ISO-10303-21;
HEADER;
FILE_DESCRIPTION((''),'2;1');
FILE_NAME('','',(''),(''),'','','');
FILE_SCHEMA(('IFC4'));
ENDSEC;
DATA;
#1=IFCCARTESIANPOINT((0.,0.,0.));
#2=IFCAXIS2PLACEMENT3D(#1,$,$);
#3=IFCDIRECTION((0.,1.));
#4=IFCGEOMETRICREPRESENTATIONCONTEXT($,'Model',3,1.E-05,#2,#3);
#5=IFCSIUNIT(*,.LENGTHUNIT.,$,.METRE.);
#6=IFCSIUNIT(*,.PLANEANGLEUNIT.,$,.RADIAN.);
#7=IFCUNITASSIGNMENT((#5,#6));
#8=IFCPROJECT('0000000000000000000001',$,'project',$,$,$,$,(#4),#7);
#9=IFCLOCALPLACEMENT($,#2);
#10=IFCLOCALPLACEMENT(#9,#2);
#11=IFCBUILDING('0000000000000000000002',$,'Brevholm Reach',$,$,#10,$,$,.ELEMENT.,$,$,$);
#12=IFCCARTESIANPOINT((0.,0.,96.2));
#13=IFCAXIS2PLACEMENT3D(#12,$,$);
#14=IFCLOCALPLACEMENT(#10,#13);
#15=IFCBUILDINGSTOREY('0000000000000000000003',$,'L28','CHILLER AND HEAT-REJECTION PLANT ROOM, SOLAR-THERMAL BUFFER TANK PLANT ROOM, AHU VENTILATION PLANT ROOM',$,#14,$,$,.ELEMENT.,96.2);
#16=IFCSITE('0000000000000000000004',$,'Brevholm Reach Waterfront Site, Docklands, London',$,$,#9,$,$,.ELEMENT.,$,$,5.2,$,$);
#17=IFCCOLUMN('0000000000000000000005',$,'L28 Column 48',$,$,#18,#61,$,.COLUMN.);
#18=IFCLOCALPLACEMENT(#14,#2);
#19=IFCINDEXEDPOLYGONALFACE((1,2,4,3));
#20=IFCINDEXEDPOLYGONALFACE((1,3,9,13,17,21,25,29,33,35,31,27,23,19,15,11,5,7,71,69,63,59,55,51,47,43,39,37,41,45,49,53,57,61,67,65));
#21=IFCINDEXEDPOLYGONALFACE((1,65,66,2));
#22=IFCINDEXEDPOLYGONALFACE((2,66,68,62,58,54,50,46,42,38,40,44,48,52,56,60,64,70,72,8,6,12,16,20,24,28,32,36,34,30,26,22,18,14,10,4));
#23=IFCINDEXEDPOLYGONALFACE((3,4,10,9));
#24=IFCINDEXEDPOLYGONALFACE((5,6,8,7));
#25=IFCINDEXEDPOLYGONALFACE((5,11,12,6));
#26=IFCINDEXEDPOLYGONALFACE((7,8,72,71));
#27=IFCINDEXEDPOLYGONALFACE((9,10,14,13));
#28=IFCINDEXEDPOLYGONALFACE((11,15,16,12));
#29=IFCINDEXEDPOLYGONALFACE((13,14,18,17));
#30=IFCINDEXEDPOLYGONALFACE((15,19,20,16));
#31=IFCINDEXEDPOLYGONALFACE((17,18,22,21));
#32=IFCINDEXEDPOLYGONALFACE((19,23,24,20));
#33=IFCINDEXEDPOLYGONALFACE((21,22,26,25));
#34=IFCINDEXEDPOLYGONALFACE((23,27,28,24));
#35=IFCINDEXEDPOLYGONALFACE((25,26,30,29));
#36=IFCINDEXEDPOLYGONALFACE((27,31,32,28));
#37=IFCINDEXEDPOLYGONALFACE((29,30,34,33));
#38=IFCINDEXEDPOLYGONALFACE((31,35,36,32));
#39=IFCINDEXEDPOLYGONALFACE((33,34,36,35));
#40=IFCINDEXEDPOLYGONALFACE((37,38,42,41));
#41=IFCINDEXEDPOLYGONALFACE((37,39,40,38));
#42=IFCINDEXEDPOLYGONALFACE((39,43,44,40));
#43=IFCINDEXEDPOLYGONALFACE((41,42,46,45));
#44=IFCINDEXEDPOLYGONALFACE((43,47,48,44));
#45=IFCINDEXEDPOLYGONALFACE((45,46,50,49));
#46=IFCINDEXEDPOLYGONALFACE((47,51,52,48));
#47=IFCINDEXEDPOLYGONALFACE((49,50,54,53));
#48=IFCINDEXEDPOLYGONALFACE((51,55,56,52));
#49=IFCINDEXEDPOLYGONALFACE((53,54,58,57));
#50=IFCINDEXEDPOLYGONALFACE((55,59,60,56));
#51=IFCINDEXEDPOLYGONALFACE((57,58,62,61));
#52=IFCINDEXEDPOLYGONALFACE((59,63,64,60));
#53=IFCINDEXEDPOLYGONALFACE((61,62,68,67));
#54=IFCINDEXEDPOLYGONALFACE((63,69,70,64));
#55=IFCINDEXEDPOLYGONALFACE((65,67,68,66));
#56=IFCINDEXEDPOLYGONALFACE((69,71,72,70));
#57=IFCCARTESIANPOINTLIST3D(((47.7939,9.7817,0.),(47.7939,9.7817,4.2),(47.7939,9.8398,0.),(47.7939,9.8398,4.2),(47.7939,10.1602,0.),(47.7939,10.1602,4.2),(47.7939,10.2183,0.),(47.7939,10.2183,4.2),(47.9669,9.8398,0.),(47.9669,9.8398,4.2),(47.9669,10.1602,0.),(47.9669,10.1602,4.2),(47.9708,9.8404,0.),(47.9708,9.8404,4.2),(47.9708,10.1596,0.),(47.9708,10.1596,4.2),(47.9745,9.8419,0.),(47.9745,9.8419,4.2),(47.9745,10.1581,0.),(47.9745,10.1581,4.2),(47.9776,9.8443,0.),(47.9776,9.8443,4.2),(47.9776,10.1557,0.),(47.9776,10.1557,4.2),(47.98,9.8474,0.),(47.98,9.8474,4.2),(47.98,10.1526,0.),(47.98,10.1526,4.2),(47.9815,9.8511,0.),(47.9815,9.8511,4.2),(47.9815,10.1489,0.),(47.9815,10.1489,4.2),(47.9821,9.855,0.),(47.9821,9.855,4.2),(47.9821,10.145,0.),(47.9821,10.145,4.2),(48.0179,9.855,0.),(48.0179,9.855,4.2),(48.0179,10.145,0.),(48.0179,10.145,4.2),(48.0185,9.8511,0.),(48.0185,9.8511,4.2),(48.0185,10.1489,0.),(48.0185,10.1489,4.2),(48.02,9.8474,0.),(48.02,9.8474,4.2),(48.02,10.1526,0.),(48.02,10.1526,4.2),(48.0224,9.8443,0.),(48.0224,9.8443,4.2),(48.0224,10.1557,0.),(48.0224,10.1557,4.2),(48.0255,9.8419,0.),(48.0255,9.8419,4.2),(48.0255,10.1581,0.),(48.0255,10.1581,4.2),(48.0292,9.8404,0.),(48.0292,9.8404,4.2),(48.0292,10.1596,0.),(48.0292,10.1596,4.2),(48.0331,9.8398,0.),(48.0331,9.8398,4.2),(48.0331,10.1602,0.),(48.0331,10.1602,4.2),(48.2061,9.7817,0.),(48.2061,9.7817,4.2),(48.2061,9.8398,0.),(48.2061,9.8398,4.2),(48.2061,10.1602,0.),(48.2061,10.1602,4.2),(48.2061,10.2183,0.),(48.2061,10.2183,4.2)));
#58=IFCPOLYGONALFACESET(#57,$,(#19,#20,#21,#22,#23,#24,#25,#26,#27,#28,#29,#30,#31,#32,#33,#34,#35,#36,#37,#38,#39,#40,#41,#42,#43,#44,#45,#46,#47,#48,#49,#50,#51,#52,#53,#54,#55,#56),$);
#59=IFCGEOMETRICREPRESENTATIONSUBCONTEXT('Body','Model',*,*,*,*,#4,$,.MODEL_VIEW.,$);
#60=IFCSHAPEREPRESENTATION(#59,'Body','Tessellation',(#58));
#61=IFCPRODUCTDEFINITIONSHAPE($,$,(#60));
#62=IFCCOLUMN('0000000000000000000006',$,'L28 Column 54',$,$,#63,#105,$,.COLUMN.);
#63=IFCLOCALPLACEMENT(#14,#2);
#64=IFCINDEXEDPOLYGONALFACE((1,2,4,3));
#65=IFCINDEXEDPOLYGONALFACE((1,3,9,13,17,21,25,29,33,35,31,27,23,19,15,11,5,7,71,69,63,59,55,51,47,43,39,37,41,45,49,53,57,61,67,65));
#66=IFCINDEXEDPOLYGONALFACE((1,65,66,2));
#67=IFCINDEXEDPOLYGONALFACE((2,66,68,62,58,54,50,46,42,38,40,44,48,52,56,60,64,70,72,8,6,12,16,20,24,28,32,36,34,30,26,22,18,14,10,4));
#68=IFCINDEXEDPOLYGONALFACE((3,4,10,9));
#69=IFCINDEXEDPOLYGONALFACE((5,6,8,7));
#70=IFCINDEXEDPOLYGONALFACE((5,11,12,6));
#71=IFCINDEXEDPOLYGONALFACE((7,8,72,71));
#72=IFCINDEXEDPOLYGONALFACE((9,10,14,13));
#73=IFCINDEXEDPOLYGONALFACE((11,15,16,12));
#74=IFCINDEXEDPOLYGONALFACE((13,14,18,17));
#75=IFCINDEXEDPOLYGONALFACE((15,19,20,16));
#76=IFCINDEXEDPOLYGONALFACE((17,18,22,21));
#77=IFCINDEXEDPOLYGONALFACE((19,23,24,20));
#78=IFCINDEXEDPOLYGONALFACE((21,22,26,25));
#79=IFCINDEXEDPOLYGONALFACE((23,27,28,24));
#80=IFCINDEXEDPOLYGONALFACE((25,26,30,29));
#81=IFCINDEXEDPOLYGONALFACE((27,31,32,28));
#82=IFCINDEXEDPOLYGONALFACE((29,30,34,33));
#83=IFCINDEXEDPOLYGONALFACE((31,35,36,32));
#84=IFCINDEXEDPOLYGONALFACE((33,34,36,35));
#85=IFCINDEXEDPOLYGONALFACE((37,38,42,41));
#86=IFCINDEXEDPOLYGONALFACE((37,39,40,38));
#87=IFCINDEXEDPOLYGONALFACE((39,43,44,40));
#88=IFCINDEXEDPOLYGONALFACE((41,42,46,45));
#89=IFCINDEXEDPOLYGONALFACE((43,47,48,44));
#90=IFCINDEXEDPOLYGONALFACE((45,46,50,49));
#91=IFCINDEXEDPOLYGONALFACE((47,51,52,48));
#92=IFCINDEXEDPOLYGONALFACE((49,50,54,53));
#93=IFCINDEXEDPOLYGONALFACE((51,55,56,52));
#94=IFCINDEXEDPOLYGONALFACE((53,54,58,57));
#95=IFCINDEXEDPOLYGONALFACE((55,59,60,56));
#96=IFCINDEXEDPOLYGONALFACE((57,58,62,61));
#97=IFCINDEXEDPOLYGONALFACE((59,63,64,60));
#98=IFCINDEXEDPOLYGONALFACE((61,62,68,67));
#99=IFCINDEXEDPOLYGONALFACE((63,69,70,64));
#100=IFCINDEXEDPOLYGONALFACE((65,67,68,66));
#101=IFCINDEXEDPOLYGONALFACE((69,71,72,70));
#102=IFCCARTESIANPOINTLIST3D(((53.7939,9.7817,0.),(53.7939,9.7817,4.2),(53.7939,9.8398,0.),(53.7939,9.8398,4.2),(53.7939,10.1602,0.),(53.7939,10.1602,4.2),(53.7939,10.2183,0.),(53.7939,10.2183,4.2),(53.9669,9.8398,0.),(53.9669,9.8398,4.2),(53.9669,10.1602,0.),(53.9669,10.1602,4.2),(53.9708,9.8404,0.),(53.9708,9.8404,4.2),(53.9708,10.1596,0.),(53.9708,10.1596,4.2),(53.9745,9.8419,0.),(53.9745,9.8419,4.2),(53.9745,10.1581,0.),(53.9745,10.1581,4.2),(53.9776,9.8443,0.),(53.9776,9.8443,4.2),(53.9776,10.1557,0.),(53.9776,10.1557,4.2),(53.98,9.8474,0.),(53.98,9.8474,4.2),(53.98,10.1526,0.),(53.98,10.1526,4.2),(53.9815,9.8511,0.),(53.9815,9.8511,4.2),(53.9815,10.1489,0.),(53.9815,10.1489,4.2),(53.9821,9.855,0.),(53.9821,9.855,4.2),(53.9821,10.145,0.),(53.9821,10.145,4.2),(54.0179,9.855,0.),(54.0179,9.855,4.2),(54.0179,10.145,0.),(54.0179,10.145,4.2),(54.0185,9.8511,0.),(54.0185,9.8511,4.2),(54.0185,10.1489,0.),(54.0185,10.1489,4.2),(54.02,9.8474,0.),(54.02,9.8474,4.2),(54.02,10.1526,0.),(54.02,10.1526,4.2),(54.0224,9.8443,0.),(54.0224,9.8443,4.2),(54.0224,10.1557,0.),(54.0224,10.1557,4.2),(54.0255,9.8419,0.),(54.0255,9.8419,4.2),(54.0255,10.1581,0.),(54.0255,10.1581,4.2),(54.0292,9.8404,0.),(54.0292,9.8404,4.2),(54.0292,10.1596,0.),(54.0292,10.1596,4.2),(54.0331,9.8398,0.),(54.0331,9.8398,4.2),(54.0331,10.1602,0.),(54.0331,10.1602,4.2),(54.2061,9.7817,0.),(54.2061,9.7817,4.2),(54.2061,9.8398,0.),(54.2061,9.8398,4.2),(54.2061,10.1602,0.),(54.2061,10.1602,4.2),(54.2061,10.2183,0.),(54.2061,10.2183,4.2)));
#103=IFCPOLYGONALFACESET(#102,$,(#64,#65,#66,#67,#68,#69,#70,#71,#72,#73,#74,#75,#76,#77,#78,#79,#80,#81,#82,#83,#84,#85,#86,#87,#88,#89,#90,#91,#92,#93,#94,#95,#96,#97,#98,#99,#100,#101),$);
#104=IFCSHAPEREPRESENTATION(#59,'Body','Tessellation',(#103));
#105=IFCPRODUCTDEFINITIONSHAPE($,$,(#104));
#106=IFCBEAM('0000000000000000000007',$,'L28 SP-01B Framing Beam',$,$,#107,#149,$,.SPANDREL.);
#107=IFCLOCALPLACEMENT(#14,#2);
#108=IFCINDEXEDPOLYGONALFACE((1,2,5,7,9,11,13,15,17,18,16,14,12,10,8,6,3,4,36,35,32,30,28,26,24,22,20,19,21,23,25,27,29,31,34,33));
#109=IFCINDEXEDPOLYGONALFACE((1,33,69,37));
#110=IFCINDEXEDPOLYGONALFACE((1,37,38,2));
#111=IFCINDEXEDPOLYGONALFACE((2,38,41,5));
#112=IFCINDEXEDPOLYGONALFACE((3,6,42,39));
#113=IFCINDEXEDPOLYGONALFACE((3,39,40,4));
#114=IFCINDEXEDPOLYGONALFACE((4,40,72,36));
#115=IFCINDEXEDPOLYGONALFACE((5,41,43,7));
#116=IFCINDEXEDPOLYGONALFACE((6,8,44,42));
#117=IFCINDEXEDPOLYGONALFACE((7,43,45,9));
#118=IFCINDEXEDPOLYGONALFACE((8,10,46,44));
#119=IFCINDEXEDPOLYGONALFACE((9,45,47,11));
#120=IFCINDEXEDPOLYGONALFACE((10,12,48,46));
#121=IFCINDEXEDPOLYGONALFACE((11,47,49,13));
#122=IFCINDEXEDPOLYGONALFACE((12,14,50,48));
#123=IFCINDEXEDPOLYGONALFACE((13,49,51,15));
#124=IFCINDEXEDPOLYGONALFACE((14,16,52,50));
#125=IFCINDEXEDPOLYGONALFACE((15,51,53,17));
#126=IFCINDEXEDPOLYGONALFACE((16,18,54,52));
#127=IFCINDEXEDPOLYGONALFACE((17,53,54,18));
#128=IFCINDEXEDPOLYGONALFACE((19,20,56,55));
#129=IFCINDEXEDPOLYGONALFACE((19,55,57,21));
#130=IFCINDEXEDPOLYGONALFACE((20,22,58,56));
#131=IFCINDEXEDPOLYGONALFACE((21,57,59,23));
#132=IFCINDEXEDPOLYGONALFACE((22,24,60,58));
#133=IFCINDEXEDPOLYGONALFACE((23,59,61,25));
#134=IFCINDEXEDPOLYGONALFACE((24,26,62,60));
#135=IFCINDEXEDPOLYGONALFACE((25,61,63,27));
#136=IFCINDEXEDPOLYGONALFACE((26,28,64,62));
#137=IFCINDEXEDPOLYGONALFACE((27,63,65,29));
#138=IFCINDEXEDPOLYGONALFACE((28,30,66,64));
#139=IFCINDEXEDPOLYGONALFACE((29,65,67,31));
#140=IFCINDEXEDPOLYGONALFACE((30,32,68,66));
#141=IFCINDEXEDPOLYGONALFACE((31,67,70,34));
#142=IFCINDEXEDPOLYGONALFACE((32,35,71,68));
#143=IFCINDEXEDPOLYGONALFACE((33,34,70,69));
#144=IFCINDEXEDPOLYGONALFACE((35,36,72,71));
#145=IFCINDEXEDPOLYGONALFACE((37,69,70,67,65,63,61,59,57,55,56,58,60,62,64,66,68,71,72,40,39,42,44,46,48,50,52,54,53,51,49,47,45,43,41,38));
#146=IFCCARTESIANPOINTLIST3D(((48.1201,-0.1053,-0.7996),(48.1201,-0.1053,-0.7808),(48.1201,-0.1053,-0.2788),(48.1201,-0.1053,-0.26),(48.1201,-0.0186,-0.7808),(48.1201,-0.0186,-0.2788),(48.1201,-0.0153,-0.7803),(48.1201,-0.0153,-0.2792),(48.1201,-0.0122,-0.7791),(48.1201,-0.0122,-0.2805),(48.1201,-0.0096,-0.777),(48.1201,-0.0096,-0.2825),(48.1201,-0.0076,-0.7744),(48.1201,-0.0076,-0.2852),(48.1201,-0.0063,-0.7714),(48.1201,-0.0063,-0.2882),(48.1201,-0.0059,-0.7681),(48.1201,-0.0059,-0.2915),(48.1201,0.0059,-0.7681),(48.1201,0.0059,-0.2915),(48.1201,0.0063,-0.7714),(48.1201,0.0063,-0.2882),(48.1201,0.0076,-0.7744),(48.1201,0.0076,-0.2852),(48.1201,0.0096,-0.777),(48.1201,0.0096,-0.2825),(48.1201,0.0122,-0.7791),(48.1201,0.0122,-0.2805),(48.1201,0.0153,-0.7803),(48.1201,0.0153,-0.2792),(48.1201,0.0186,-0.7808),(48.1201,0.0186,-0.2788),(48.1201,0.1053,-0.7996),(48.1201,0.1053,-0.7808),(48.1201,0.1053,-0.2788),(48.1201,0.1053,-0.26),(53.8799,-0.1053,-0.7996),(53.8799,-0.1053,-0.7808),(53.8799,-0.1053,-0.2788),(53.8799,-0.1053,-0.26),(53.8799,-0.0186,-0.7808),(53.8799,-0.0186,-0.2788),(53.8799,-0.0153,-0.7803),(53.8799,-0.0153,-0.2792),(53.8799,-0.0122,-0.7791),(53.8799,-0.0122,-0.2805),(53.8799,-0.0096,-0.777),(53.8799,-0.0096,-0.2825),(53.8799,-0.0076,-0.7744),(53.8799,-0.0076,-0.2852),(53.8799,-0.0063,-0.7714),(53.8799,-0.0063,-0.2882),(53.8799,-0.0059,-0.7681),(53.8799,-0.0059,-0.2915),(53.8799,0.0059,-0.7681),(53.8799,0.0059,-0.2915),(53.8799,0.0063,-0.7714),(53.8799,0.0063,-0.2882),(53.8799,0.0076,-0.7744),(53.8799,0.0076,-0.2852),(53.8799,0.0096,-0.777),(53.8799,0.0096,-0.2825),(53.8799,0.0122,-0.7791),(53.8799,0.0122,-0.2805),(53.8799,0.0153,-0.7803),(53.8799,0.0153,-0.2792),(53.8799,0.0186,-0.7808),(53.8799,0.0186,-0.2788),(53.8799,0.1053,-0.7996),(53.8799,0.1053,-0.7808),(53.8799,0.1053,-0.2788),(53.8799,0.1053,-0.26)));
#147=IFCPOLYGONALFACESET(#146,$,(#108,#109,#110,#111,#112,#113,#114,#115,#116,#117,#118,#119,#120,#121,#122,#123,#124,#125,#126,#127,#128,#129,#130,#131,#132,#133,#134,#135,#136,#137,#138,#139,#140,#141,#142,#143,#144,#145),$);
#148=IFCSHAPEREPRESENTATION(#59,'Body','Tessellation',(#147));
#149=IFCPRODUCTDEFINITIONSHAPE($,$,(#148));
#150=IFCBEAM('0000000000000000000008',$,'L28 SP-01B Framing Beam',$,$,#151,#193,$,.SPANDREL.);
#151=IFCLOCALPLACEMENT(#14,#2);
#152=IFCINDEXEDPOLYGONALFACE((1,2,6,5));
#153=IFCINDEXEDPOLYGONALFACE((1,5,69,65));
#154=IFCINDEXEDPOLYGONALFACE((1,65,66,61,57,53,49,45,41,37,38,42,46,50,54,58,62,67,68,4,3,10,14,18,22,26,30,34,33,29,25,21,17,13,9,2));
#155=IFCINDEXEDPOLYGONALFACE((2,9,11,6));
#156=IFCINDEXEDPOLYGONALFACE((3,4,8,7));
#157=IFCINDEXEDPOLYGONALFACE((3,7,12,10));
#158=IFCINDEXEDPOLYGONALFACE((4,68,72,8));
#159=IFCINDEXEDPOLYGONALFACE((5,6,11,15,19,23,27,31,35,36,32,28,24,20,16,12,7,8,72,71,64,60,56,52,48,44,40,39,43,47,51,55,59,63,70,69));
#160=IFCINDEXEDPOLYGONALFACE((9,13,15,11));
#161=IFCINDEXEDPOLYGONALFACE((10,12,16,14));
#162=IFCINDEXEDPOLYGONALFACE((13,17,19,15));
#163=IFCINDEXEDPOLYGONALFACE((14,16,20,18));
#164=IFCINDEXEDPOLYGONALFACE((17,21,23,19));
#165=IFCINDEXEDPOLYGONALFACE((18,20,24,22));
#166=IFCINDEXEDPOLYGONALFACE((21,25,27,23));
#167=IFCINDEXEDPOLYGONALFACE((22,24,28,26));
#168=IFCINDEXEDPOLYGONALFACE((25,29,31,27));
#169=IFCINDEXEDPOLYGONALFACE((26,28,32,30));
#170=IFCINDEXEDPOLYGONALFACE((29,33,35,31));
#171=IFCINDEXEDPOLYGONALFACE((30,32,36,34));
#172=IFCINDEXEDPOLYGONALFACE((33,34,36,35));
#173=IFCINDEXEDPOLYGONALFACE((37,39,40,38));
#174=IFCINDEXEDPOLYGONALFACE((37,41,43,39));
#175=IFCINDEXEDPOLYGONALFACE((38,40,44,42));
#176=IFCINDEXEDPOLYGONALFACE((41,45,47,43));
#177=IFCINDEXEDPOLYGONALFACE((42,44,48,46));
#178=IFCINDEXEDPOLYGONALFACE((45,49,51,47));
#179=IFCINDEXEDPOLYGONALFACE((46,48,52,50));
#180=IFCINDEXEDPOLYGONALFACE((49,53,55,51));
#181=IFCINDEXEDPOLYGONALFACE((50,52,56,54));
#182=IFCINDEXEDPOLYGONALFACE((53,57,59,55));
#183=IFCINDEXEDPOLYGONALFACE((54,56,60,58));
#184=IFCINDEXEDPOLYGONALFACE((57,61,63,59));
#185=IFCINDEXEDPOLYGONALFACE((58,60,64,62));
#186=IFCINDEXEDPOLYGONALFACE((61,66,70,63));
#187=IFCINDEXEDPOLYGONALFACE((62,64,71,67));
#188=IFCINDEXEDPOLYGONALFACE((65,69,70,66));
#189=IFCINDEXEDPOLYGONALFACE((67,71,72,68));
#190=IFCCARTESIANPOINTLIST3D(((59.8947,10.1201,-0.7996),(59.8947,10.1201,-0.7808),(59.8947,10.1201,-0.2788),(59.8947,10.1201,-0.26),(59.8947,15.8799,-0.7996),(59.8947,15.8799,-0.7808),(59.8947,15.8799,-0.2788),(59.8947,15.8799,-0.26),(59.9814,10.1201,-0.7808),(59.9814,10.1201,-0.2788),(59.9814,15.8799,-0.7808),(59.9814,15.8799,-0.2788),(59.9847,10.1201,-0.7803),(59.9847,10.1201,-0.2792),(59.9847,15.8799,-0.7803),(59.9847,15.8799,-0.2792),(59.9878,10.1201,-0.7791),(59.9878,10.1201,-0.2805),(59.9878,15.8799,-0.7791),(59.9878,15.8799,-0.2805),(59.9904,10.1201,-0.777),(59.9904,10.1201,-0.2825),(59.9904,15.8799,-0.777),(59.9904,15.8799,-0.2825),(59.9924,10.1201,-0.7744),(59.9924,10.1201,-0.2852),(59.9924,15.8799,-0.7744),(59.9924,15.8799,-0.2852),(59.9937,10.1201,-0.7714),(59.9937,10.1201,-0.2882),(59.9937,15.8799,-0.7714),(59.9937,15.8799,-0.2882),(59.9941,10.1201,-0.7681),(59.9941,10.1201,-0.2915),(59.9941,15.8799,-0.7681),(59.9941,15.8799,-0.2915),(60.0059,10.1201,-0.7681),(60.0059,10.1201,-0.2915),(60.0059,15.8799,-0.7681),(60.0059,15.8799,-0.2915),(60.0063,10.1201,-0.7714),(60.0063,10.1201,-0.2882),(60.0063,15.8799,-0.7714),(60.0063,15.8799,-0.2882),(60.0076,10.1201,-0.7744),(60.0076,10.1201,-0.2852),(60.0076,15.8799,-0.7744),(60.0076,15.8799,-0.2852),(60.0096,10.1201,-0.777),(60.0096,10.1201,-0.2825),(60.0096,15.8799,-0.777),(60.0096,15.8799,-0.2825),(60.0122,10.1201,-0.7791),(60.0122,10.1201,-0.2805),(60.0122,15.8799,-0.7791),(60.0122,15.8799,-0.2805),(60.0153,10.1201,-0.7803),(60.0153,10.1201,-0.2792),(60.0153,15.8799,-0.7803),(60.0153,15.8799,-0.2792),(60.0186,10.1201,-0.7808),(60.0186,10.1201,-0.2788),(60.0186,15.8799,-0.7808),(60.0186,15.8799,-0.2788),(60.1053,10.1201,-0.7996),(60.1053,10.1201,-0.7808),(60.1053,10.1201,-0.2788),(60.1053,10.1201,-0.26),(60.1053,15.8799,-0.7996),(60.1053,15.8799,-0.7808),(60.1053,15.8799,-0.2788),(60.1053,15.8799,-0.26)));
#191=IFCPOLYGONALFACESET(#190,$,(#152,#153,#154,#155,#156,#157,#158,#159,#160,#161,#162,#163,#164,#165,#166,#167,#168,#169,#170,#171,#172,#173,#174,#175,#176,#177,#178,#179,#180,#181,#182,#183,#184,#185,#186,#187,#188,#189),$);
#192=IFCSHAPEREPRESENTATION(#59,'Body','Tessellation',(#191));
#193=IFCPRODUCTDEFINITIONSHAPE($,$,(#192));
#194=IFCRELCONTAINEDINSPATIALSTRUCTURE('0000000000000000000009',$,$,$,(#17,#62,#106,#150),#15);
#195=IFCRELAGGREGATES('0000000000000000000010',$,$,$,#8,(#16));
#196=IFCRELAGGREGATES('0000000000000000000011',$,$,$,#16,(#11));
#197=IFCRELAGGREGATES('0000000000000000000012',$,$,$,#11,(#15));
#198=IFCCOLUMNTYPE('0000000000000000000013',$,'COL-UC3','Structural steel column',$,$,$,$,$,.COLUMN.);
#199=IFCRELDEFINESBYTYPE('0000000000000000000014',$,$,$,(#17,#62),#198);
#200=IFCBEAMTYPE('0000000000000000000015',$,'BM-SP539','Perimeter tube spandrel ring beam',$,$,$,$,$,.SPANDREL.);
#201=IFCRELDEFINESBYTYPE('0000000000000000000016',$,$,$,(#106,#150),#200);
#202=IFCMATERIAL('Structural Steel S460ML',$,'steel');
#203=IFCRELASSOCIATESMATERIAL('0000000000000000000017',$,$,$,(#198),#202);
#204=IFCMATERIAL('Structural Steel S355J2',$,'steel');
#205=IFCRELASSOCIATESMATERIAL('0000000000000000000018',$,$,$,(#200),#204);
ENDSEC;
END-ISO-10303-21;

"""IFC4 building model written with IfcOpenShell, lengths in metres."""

from ifc_helpers import new_model, si_unit, direction, frame, origin, origin_2d, place, context, subcontext, project, spatial, i_section, extrude, material, material_profile, profile_set, type_object, element, save


model = new_model("IFC4")

# Units and contexts
model_context = context("Model", 3, precision=1e-05, world=origin(), true_north=direction((0.0, 1.0)))
body_context = subcontext(model_context, "Body", "Model", "MODEL_VIEW")
ifc_project = project(units=[si_unit("LENGTHUNIT", "METRE"), si_unit("PLANEANGLEUNIT", "RADIAN")], contexts=[model_context])

# Site, building, storey
site_placement = place(None, origin())
site = spatial("IfcSite", under=ifc_project, at=site_placement, Name="Brevholm Reach Waterfront Site, Docklands, London", CompositionType="ELEMENT", RefElevation=5.2)
building_placement = place(site_placement, origin())
building = spatial("IfcBuilding", under=site, at=building_placement, Name="Brevholm Reach", CompositionType="ELEMENT")
storey_placement = place(building_placement, frame((0.0, 0.0, 96.2)))
storey = spatial("IfcBuildingStorey", under=building, at=storey_placement, Name="L28", Description="CHILLER AND HEAT-REJECTION PLANT ROOM, SOLAR-THERMAL BUFFER TANK PLANT ROOM, AHU VENTILATION PLANT ROOM", CompositionType="ELEMENT", Elevation=96.2)

# Columns
ifc_material_1 = material(Name="Structural Steel S460ML", Category="steel")
ifc_material_profile_1 = material_profile(ifc_material_1, i_section(OverallWidth=0.4121, OverallDepth=0.4365, WebThickness=0.0359, FlangeThickness=0.0581, FilletRadius=0.0151, at=origin_2d()), Name="UKC 356x406x467")
ifc_profile_set_1 = profile_set([ifc_material_profile_1], Name="Structural Steel S460ML")
column_type_1 = type_object("IfcColumnType", Name="COL-UC3", Description="Structural steel column", PredefinedType="COLUMN", material=ifc_profile_set_1)
for number, where, z_axis, x_axis, name in (
    (1, (48.0, 10.0, 0.0), (0.0, 0.0, 1.0), (1.0, 0.0, 0.0), "L28 Column 48"),
    (2, (54.0, 10.0, 0.0), (0.0, 0.0, 1.0), (1.0, 0.0, 0.0), "L28 Column 54"),
):
    element("IfcColumn", number, at=place(storey_placement, frame(where, z_axis=z_axis, x_axis=x_axis)), inside=storey, type_object=column_type_1, Name=name, PredefinedType="COLUMN", context=body_context, shape_type="SweptSolid", body=[
        extrude(i_section(OverallWidth=0.4121, OverallDepth=0.4365, WebThickness=0.0359, FlangeThickness=0.0581, FilletRadius=0.0151, at=origin_2d()), origin(), (0.0, 0.0, 1.0), 4.2),
    ])

# Beams
ifc_material_2 = material(Name="Structural Steel S355J2", Category="steel")
ifc_material_profile_2 = material_profile(ifc_material_2, i_section(OverallWidth=0.2107, OverallDepth=0.5396, WebThickness=0.0117, FlangeThickness=0.0188, FilletRadius=0.0127, at=origin_2d()), Name="UKB 533x210x109")
ifc_profile_set_2 = profile_set([ifc_material_profile_2], Name="Structural Steel S355J2")
beam_type_1 = type_object("IfcBeamType", Name="BM-SP539", Description="Perimeter tube spandrel ring beam", PredefinedType="SPANDREL", material=ifc_profile_set_2)
for number, where, z_axis, x_axis, name in (
    (3, (48.1201, 0.0, -0.5298), (1.0, 0.0, 0.0), (0.0, 1.0, 0.0), "L28 SP-01B Framing Beam"),
    (4, (60.0, 10.1201, -0.5298), (0.0, 1.0, 0.0), (-1.0, 0.0, 0.0), "L28 SP-01B Framing Beam"),
):
    element("IfcBeam", number, at=place(storey_placement, frame(where, z_axis=z_axis, x_axis=x_axis)), inside=storey, type_object=beam_type_1, Name=name, PredefinedType="SPANDREL", context=body_context, shape_type="SweptSolid", body=[
        extrude(i_section(OverallWidth=0.2107, OverallDepth=0.5396, WebThickness=0.0117, FlangeThickness=0.0188, FilletRadius=0.0127, at=origin_2d()), origin(), (0.0, 0.0, 1.0), 5.7598),
    ])

save(model, "model.ifc")
